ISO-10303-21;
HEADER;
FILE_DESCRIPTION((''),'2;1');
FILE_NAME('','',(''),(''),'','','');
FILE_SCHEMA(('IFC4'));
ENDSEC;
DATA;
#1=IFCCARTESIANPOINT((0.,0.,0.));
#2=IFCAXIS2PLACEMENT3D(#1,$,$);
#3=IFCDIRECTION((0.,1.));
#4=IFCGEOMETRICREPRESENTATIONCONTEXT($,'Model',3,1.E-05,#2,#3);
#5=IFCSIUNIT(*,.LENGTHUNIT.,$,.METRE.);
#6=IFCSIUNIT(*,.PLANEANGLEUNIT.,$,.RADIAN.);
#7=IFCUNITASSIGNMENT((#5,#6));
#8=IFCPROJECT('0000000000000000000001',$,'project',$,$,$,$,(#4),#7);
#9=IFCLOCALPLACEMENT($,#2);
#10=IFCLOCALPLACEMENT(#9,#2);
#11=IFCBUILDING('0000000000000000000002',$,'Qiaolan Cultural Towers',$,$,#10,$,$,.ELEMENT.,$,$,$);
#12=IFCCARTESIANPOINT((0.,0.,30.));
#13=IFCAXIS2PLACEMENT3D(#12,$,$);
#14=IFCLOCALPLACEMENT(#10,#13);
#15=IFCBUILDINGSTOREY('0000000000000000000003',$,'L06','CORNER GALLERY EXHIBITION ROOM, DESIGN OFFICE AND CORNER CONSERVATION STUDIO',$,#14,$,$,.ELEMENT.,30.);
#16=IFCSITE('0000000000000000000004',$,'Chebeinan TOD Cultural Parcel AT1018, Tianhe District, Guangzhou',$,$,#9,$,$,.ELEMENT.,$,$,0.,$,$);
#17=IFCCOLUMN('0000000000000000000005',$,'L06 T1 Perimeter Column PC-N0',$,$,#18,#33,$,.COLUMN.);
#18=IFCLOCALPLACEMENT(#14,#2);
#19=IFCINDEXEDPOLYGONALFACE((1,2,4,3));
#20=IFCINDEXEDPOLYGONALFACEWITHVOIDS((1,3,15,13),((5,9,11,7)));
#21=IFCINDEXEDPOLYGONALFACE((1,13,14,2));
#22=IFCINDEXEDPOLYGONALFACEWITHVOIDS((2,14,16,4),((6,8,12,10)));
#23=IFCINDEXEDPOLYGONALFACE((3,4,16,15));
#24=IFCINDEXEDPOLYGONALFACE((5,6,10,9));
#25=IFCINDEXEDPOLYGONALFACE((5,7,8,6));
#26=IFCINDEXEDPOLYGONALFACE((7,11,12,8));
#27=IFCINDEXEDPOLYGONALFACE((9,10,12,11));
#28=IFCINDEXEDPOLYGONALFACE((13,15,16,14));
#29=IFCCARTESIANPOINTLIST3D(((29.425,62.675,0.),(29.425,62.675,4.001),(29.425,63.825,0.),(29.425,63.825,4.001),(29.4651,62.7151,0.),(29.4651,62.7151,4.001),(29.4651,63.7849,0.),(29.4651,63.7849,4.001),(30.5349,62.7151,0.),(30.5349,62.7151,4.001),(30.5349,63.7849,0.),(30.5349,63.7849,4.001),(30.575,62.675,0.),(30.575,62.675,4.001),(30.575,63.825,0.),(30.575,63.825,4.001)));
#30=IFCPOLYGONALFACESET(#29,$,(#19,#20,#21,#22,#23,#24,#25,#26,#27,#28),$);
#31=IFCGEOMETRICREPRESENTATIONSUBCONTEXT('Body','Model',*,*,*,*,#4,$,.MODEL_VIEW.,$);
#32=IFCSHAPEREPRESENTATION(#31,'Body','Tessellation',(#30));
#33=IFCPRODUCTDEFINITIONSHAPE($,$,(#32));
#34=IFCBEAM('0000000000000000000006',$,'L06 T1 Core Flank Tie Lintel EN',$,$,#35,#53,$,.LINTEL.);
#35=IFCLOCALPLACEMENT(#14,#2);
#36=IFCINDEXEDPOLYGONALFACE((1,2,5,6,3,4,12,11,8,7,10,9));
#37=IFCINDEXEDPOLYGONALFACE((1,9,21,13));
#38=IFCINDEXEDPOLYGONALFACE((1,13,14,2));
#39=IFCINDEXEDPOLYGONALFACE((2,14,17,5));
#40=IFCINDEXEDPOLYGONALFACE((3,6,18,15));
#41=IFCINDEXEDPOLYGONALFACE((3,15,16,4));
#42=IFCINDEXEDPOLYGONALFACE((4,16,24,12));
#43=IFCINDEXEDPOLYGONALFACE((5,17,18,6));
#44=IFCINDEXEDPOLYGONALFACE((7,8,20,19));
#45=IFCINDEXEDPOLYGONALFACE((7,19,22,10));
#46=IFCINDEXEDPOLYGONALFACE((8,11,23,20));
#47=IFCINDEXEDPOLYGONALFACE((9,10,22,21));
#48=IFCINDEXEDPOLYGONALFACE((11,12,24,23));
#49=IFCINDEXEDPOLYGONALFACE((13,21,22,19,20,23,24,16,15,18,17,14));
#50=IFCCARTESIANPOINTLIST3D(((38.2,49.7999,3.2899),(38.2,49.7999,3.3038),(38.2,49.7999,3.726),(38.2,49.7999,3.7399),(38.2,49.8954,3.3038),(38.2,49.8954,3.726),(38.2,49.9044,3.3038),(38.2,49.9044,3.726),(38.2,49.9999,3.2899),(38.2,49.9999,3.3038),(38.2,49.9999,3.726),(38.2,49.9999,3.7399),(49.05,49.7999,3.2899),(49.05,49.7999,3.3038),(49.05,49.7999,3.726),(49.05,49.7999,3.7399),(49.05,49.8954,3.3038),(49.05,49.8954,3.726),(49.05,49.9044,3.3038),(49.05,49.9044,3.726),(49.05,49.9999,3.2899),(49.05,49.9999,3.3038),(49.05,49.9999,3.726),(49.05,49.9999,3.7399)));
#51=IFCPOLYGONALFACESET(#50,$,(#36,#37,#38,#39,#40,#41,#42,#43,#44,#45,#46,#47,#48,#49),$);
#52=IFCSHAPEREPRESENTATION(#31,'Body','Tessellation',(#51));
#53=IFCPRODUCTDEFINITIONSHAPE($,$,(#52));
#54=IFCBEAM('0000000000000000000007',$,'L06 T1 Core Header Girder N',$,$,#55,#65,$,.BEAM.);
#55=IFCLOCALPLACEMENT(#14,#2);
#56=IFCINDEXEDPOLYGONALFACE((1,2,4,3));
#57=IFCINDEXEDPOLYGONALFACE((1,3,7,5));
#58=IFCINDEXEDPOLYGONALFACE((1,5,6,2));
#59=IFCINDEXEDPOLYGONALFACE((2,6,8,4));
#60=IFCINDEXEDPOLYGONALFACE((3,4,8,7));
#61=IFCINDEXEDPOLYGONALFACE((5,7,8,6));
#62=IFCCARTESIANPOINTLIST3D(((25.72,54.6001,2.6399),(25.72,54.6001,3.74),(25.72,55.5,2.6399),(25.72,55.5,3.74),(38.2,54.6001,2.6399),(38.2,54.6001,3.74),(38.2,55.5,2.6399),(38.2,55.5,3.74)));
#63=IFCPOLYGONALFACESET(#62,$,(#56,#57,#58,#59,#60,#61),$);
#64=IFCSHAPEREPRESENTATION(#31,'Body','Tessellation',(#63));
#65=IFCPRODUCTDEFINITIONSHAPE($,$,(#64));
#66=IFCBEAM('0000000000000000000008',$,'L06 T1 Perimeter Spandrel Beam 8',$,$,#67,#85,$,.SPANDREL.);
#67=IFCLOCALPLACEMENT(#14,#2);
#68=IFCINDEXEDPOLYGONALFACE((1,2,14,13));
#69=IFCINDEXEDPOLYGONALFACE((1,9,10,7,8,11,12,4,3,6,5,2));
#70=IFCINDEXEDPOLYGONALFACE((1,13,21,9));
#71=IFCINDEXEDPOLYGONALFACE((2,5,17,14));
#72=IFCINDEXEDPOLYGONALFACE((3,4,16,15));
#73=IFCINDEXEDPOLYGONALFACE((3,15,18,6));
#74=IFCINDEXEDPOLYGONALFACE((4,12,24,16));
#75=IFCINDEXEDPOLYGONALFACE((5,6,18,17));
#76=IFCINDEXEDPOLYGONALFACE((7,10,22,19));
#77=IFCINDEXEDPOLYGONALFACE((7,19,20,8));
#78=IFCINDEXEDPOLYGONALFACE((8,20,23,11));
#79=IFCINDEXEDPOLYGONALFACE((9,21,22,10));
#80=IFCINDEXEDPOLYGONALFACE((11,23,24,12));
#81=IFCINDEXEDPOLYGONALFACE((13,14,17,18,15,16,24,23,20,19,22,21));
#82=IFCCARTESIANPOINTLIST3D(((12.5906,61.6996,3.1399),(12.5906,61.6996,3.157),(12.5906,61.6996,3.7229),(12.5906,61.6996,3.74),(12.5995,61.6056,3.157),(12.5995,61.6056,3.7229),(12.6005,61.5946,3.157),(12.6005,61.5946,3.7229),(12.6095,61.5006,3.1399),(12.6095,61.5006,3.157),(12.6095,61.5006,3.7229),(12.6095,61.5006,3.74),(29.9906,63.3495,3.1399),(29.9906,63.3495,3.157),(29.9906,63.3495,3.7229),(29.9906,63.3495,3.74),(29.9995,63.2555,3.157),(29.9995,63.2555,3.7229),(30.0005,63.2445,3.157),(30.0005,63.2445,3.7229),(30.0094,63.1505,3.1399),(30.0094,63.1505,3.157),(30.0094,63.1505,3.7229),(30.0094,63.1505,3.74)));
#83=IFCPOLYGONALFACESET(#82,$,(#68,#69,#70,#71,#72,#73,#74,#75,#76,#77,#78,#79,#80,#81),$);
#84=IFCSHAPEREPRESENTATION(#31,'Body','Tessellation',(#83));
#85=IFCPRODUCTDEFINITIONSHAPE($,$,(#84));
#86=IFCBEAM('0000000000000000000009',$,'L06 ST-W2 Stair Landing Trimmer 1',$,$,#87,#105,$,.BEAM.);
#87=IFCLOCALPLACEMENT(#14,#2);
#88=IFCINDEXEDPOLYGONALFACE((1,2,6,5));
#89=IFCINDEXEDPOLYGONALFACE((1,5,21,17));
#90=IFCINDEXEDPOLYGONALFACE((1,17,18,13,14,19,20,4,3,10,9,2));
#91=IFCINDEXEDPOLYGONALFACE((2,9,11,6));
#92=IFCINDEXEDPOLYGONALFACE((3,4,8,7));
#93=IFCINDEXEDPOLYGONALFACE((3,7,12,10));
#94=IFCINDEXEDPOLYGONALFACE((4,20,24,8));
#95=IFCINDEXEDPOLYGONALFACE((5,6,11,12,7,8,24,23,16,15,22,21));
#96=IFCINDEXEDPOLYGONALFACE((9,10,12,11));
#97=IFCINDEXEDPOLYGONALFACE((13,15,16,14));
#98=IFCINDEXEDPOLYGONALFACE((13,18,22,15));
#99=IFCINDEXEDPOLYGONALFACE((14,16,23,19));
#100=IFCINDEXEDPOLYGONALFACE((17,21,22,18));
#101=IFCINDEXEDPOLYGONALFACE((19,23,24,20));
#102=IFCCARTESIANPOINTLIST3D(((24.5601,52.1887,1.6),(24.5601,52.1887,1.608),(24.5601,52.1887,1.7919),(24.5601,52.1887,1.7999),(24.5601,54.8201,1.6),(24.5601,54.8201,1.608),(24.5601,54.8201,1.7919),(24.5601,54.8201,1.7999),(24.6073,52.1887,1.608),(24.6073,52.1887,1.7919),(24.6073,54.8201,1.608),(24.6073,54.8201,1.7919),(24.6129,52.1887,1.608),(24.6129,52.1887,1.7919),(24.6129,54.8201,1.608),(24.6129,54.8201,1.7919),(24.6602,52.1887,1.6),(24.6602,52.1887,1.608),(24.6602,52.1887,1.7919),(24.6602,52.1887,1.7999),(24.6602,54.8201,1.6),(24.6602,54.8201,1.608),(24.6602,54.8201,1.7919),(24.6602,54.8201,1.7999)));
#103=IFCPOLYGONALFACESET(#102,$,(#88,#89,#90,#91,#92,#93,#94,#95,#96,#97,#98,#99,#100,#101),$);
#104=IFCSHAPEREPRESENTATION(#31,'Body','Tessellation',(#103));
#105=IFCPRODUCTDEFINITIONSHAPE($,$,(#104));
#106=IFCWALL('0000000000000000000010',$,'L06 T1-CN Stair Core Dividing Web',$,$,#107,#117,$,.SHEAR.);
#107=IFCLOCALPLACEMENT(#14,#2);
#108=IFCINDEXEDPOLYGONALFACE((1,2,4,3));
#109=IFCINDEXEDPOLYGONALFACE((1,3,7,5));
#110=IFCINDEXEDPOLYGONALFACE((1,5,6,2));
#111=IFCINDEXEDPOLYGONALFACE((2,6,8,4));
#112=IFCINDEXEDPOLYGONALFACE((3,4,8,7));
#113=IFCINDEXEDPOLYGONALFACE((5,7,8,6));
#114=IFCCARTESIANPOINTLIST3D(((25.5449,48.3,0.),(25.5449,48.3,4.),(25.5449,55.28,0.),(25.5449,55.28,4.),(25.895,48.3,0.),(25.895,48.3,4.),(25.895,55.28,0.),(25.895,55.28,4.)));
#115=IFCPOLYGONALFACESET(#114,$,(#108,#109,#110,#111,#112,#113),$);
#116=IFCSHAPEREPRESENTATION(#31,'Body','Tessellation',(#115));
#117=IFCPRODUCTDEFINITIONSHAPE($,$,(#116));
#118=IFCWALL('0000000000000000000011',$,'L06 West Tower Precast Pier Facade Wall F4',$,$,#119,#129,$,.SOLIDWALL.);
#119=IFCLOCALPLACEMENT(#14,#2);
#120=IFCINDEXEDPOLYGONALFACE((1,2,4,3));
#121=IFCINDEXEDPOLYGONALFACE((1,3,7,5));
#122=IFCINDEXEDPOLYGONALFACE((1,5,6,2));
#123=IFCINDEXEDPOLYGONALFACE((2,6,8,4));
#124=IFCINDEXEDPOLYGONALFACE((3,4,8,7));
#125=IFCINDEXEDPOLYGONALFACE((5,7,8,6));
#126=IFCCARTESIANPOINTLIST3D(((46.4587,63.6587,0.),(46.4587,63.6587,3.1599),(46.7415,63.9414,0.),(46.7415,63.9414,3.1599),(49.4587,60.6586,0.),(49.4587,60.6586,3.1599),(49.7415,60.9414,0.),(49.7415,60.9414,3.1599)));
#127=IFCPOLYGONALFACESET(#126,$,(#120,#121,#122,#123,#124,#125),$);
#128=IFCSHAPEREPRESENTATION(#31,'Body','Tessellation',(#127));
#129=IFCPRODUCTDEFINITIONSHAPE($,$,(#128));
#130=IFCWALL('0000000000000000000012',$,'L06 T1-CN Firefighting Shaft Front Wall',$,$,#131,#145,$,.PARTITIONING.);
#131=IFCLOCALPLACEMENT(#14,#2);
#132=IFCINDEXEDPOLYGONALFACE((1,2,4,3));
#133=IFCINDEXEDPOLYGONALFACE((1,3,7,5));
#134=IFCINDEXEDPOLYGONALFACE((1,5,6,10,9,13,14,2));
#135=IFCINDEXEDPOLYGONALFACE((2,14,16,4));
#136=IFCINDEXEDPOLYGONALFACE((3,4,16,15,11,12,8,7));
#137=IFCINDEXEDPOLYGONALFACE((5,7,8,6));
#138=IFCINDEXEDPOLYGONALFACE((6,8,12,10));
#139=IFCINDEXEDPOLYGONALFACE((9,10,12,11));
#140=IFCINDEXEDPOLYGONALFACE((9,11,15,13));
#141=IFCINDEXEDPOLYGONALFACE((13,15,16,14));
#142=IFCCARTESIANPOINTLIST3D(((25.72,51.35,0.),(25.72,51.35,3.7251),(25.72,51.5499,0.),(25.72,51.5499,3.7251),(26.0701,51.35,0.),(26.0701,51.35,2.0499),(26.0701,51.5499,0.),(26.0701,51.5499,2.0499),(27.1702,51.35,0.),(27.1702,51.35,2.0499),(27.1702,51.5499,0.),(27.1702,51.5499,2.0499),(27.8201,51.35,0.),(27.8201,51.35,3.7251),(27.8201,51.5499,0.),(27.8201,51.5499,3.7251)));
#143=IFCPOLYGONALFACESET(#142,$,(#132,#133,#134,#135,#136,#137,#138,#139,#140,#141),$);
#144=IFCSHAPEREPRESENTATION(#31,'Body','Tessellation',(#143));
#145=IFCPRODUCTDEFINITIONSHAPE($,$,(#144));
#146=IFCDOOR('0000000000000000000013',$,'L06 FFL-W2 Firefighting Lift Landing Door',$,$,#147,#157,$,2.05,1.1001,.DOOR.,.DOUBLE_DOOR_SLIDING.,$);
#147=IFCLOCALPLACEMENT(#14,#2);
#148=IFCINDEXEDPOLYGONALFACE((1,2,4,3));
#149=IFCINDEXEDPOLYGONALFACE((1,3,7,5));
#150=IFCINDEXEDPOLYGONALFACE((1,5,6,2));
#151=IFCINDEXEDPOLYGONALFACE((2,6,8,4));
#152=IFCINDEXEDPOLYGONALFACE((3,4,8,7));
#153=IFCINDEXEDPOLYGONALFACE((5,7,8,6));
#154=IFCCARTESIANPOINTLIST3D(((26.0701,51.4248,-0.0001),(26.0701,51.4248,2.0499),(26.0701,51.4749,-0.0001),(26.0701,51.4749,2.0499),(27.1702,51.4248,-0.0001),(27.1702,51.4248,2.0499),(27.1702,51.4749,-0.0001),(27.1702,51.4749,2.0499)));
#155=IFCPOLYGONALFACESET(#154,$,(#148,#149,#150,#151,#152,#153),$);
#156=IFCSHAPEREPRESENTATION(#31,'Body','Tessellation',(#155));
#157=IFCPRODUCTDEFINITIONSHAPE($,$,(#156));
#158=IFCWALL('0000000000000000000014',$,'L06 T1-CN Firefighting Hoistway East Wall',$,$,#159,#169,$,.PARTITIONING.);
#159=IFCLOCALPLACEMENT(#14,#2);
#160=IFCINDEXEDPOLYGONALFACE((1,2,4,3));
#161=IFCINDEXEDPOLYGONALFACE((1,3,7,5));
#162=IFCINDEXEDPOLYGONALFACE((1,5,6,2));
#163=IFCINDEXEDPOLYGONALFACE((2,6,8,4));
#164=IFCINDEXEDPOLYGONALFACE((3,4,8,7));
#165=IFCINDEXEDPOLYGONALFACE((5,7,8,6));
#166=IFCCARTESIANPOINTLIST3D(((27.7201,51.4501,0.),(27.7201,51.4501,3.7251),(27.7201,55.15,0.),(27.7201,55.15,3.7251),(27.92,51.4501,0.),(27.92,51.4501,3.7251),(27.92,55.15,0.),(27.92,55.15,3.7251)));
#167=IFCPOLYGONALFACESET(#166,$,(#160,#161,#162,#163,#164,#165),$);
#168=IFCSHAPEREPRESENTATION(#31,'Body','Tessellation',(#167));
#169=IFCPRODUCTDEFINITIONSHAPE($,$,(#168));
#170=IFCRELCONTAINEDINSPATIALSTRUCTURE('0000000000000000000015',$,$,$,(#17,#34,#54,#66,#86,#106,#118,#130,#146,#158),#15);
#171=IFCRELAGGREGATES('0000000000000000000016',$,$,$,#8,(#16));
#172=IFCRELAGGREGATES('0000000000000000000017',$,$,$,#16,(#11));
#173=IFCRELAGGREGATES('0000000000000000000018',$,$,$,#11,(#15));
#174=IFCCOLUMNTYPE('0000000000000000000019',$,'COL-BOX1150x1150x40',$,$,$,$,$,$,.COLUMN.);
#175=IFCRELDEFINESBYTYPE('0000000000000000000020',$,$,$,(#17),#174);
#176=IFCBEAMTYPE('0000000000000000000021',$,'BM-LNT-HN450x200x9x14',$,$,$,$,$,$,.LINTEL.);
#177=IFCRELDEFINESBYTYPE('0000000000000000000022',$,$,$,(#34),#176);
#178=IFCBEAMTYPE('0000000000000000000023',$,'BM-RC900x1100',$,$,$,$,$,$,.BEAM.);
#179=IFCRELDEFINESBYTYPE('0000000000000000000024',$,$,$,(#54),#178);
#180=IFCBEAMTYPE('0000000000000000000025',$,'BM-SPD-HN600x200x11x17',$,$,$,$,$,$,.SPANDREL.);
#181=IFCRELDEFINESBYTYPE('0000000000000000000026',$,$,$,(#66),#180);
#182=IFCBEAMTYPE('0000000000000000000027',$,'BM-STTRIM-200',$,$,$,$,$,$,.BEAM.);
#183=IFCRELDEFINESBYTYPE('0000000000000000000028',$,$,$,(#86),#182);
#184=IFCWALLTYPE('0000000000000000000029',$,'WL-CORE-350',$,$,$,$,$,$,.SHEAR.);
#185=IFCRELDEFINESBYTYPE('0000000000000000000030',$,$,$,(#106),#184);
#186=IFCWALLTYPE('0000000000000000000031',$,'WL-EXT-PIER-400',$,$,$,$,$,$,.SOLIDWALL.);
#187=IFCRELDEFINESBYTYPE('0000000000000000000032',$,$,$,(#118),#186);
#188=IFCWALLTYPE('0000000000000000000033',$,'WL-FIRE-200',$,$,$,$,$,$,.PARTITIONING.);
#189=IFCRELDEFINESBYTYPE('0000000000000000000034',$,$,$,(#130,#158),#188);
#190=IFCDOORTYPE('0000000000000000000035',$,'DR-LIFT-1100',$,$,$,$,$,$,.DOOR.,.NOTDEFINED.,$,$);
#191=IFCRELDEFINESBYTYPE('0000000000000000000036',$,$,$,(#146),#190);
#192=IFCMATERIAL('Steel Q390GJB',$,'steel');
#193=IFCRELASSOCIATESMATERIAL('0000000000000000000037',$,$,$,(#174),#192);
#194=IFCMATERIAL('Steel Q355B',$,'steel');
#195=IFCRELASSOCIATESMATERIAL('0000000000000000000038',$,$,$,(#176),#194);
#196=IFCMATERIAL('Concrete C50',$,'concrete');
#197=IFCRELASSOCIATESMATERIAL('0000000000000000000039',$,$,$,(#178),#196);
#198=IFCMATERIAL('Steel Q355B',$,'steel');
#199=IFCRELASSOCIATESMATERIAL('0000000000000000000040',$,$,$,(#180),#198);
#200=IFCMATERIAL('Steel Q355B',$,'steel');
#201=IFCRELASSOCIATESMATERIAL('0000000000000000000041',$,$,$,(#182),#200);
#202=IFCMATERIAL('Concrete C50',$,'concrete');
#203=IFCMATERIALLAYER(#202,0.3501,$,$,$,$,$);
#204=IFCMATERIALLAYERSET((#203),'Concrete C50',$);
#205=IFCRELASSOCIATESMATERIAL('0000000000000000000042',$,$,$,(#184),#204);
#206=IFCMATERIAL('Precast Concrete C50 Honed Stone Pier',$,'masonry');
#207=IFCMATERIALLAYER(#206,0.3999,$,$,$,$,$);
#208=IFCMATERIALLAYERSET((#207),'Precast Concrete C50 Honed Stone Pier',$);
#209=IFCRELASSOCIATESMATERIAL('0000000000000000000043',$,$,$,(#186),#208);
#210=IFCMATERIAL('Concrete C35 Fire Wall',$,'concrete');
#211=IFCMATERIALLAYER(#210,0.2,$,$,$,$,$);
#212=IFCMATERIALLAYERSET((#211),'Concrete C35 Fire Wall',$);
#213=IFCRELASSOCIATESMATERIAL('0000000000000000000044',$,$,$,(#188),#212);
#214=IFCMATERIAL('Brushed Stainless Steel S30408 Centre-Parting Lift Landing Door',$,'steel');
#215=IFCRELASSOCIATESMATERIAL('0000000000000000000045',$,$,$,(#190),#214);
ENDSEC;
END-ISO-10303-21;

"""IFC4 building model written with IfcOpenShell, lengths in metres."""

from ifc_helpers import new_model, si_unit, direction, frame, frame_2d, origin, origin_2d, place, context, subcontext, project, spatial, rectangle, hollow_rectangle, i_section, extrude, material, layer, layer_set, material_profile, profile_set, type_object, element, fill, save


model = new_model("IFC4")

# Units and contexts
model_context = context("Model", 3, precision=1e-05, world=origin(), true_north=direction((0.0, 1.0)))
body_context = subcontext(model_context, "Body", "Model", "MODEL_VIEW")
ifc_project = project(units=[si_unit("LENGTHUNIT", "METRE"), si_unit("PLANEANGLEUNIT", "RADIAN")], contexts=[model_context])

# Site, building, storey
site_placement = place(None, origin())
site = spatial("IfcSite", under=ifc_project, at=site_placement, Name="Chebeinan TOD Cultural Parcel AT1018, Tianhe District, Guangzhou", CompositionType="ELEMENT", RefElevation=0.0)
building_placement = place(site_placement, origin())
building = spatial("IfcBuilding", under=site, at=building_placement, Name="Qiaolan Cultural Towers", CompositionType="ELEMENT")
storey_placement = place(building_placement, frame((0.0, 0.0, 30.0)))
storey = spatial("IfcBuildingStorey", under=building, at=storey_placement, Name="L06", Description="CORNER GALLERY EXHIBITION ROOM, DESIGN OFFICE AND CORNER CONSERVATION STUDIO", CompositionType="ELEMENT", Elevation=30.0)

# Column
ifc_material_1 = material(Name="Steel Q390GJB", Category="steel")
ifc_material_profile_1 = material_profile(ifc_material_1, hollow_rectangle(XDim=1.1499, YDim=1.1499, WallThickness=0.04, at=origin_2d()), Name="BOX1150x1150x40")
ifc_profile_set_1 = profile_set([ifc_material_profile_1], Name="Steel Q390GJB")
column_type = type_object("IfcColumnType", Name="COL-BOX1150x1150x40", PredefinedType="COLUMN", material=ifc_profile_set_1)
column_placement = place(storey_placement, frame((30.0, 63.25, 0.0), z_axis=(0.0, 0.0, 1.0), x_axis=(1.0, 0.0, 0.0)))
element("IfcColumn", 1, at=column_placement, inside=storey, type_object=column_type, Name="L06 T1 Perimeter Column PC-N0", PredefinedType="COLUMN", context=body_context, shape_type="SweptSolid", body=[
    extrude(hollow_rectangle(XDim=1.1499, YDim=1.1499, WallThickness=0.04, at=origin_2d()), origin(), (0.0, 0.0, 1.0), 4.001),
])

# Beams
ifc_material_2 = material(Name="Steel Q355B", Category="steel")
ifc_material_profile_2 = material_profile(ifc_material_2, i_section(OverallWidth=0.2, OverallDepth=0.45, WebThickness=0.009, FlangeThickness=0.0139, at=origin_2d()), Name="HN450x200x9x14")
ifc_profile_set_2 = profile_set([ifc_material_profile_2], Name="Steel Q355B")
beam_type_1 = type_object("IfcBeamType", Name="BM-LNT-HN450x200x9x14", PredefinedType="LINTEL", material=ifc_profile_set_2)
beam_1_placement = place(storey_placement, frame((38.2, 49.8999, 3.5149), z_axis=(1.0, 0.0, 0.0), x_axis=(0.0, 1.0, 0.0)))
element("IfcBeam", 2, at=beam_1_placement, inside=storey, type_object=beam_type_1, Name="L06 T1 Core Flank Tie Lintel EN", PredefinedType="LINTEL", context=body_context, shape_type="SweptSolid", body=[
    extrude(i_section(OverallWidth=0.2, OverallDepth=0.45, WebThickness=0.009, FlangeThickness=0.0139, at=origin_2d()), origin(), (0.0, 0.0, 1.0), 10.8501),
])
ifc_material_3 = material(Name="Concrete C50", Category="concrete")
ifc_material_profile_3 = material_profile(ifc_material_3, rectangle(XDim=0.8999, YDim=1.1001, at=origin_2d()), Name="RC900x1100")
ifc_profile_set_3 = profile_set([ifc_material_profile_3], Name="Concrete C50")
beam_type_2 = type_object("IfcBeamType", Name="BM-RC900x1100", PredefinedType="BEAM", material=ifc_profile_set_3)
beam_2_placement = place(storey_placement, frame((25.72, 55.05, 3.1899), z_axis=(1.0, 0.0, 0.0), x_axis=(0.0, 1.0, 0.0)))
element("IfcBeam", 3, at=beam_2_placement, inside=storey, type_object=beam_type_2, Name="L06 T1 Core Header Girder N", PredefinedType="BEAM", context=body_context, shape_type="SweptSolid", body=[
    extrude(rectangle(XDim=0.8999, YDim=1.1001, at=origin_2d()), origin(), (0.0, 0.0, 1.0), 12.48),
])
ifc_material_4 = material(Name="Steel Q355B", Category="steel")
ifc_material_profile_4 = material_profile(ifc_material_4, i_section(OverallWidth=0.2, OverallDepth=0.6001, WebThickness=0.011, FlangeThickness=0.0171, at=origin_2d()), Name="HN600x200x11x17")
ifc_profile_set_4 = profile_set([ifc_material_profile_4], Name="Steel Q355B")
beam_type_3 = type_object("IfcBeamType", Name="BM-SPD-HN600x200x11x17", PredefinedType="SPANDREL", material=ifc_profile_set_4)
beam_3_placement = place(storey_placement, frame((30.0, 63.25, 3.4399), z_axis=(-0.995534, -0.094399, 0.0), x_axis=(0.094399, -0.995534, 0.0)))
element("IfcBeam", 4, at=beam_3_placement, inside=storey, type_object=beam_type_3, Name="L06 T1 Perimeter Spandrel Beam 8", PredefinedType="SPANDREL", context=body_context, shape_type="SweptSolid", body=[
    extrude(i_section(OverallWidth=0.2, OverallDepth=0.6001, WebThickness=0.011, FlangeThickness=0.0171, at=origin_2d()), origin(), (0.0, 0.0, 1.0), 17.478),
])
ifc_material_5 = material(Name="Steel Q355B", Category="steel")
ifc_material_profile_5 = material_profile(ifc_material_5, i_section(OverallWidth=0.1001, OverallDepth=0.2, WebThickness=0.0056, FlangeThickness=0.0081, at=origin_2d()), Name="HN200x100x5.5x8")
ifc_profile_set_5 = profile_set([ifc_material_profile_5], Name="Steel Q355B")
beam_type_4 = type_object("IfcBeamType", Name="BM-STTRIM-200", PredefinedType="BEAM", material=ifc_profile_set_5)
beam_4_placement = place(storey_placement, frame((24.6101, 52.1887, 1.7), z_axis=(0.0, 1.0, 0.0), x_axis=(-1.0, 0.0, 0.0)))
element("IfcBeam", 5, at=beam_4_placement, inside=storey, type_object=beam_type_4, Name="L06 ST-W2 Stair Landing Trimmer 1", PredefinedType="BEAM", context=body_context, shape_type="SweptSolid", body=[
    extrude(i_section(OverallWidth=0.1001, OverallDepth=0.2, WebThickness=0.0056, FlangeThickness=0.0081, at=origin_2d()), origin(), (0.0, 0.0, 1.0), 2.6313),
])

# Walls
ifc_material_6 = material(Name="Concrete C50", Category="concrete")
ifc_layer_1 = layer(ifc_material_6, 0.3501)
ifc_layer_set_1 = layer_set([ifc_layer_1], Name="Concrete C50")
wall_type_1 = type_object("IfcWallType", Name="WL-CORE-350", PredefinedType="SHEAR", material=ifc_layer_set_1)
wall_1_placement = place(storey_placement, frame((25.72, 48.3, 0.0), z_axis=(0.0, 0.0, 1.0), x_axis=(0.0, 1.0, 0.0)))
element("IfcWall", 6, at=wall_1_placement, inside=storey, type_object=wall_type_1, Name="L06 T1-CN Stair Core Dividing Web", PredefinedType="SHEAR", context=body_context, shape_type="SweptSolid", body=[
    extrude(rectangle(XDim=6.98, YDim=0.3501, at=frame_2d((3.49, 0.0))), origin(), (0.0, 0.0, 1.0), 4.0),
])
ifc_material_7 = material(Name="Precast Concrete C50 Honed Stone Pier", Category="masonry")
ifc_layer_2 = layer(ifc_material_7, 0.3999)
ifc_layer_set_2 = layer_set([ifc_layer_2], Name="Precast Concrete C50 Honed Stone Pier")
wall_type_2 = type_object("IfcWallType", Name="WL-EXT-PIER-400", PredefinedType="SOLIDWALL", material=ifc_layer_set_2)
wall_2_placement = place(storey_placement, frame((46.6001, 63.8, 0.0), z_axis=(0.0, 0.0, 1.0), x_axis=(0.707107, -0.707107, 0.0)))
element("IfcWall", 7, at=wall_2_placement, inside=storey, type_object=wall_type_2, Name="L06 West Tower Precast Pier Facade Wall F4", PredefinedType="SOLIDWALL", context=body_context, shape_type="SweptSolid", body=[
    extrude(rectangle(XDim=4.2427, YDim=0.3999, at=frame_2d((2.1213, 0.0))), origin(), (0.0, 0.0, 1.0), 3.1599),
])

# Wall, opening, door
ifc_material_8 = material(Name="Concrete C35 Fire Wall", Category="concrete")
ifc_layer_3 = layer(ifc_material_8, 0.2)
ifc_layer_set_3 = layer_set([ifc_layer_3], Name="Concrete C35 Fire Wall")
wall_type_3 = type_object("IfcWallType", Name="WL-FIRE-200", PredefinedType="PARTITIONING", material=ifc_layer_set_3)
wall_3_placement = place(storey_placement, frame((25.72, 51.45, 0.0), z_axis=(0.0, 0.0, 1.0), x_axis=(1.0, 0.0, 0.0)))
wall_3 = element("IfcWall", 8, at=wall_3_placement, inside=storey, type_object=wall_type_3, Name="L06 T1-CN Firefighting Shaft Front Wall", PredefinedType="PARTITIONING", context=body_context, shape_type="SweptSolid", body=[
    extrude(rectangle(XDim=2.1001, YDim=0.2, at=frame_2d((1.05, 0.0))), origin(), (0.0, 0.0, 1.0), 3.7251),
])
opening_1_placement = place(wall_3_placement, frame((0.3501, 0.0, 0.0)))
opening_1 = element("IfcOpeningElement", 9, at=opening_1_placement, cuts=wall_3, PredefinedType="OPENING", context=body_context, shape_type="SweptSolid", body=[
    extrude(rectangle(XDim=1.1001, YDim=2.05, at=frame_2d((0.55, 1.0249))), frame((0.0, 0.1099, 0.0), z_axis=(0.0, -1.0, 0.0), x_axis=(1.0, 0.0, 0.0)), (0.0, 0.0, 1.0), 0.22),
])
ifc_material_9 = material(Name="Brushed Stainless Steel S30408 Centre-Parting Lift Landing Door", Category="steel")
door_type_1 = type_object("IfcDoorType", Name="DR-LIFT-1100", OperationType="NOTDEFINED", PredefinedType="DOOR", material=ifc_material_9)
door_1_placement = place(opening_1_placement, origin())
door_1 = element("IfcDoor", 10, at=door_1_placement, inside=storey, type_object=door_type_1, Name="L06 FFL-W2 Firefighting Lift Landing Door", OperationType="DOUBLE_DOOR_SLIDING", OverallHeight=2.05, OverallWidth=1.1001, PredefinedType="DOOR", context=body_context, shape_type="SweptSolid", body=[
    extrude(rectangle(XDim=1.1001, YDim=2.05, at=frame_2d((0.55, 1.0249))), frame((0.0, 0.0249, 0.0), z_axis=(0.0, -1.0, 0.0), x_axis=(1.0, 0.0, 0.0)), (0.0, 0.0, 1.0), 0.05),
])
fill(opening_1, door_1)

# Wall
wall_4_placement = place(storey_placement, frame((27.8201, 51.45, 0.0), z_axis=(0.0, 0.0, 1.0), x_axis=(0.0, 1.0, 0.0)))
element("IfcWall", 11, at=wall_4_placement, inside=storey, type_object=wall_type_3, Name="L06 T1-CN Firefighting Hoistway East Wall", PredefinedType="PARTITIONING", context=body_context, shape_type="SweptSolid", body=[
    extrude(rectangle(XDim=3.7, YDim=0.2, at=frame_2d((1.8501, 0.0))), origin(), (0.0, 0.0, 1.0), 3.7251),
])

save(model, "model.ifc")
